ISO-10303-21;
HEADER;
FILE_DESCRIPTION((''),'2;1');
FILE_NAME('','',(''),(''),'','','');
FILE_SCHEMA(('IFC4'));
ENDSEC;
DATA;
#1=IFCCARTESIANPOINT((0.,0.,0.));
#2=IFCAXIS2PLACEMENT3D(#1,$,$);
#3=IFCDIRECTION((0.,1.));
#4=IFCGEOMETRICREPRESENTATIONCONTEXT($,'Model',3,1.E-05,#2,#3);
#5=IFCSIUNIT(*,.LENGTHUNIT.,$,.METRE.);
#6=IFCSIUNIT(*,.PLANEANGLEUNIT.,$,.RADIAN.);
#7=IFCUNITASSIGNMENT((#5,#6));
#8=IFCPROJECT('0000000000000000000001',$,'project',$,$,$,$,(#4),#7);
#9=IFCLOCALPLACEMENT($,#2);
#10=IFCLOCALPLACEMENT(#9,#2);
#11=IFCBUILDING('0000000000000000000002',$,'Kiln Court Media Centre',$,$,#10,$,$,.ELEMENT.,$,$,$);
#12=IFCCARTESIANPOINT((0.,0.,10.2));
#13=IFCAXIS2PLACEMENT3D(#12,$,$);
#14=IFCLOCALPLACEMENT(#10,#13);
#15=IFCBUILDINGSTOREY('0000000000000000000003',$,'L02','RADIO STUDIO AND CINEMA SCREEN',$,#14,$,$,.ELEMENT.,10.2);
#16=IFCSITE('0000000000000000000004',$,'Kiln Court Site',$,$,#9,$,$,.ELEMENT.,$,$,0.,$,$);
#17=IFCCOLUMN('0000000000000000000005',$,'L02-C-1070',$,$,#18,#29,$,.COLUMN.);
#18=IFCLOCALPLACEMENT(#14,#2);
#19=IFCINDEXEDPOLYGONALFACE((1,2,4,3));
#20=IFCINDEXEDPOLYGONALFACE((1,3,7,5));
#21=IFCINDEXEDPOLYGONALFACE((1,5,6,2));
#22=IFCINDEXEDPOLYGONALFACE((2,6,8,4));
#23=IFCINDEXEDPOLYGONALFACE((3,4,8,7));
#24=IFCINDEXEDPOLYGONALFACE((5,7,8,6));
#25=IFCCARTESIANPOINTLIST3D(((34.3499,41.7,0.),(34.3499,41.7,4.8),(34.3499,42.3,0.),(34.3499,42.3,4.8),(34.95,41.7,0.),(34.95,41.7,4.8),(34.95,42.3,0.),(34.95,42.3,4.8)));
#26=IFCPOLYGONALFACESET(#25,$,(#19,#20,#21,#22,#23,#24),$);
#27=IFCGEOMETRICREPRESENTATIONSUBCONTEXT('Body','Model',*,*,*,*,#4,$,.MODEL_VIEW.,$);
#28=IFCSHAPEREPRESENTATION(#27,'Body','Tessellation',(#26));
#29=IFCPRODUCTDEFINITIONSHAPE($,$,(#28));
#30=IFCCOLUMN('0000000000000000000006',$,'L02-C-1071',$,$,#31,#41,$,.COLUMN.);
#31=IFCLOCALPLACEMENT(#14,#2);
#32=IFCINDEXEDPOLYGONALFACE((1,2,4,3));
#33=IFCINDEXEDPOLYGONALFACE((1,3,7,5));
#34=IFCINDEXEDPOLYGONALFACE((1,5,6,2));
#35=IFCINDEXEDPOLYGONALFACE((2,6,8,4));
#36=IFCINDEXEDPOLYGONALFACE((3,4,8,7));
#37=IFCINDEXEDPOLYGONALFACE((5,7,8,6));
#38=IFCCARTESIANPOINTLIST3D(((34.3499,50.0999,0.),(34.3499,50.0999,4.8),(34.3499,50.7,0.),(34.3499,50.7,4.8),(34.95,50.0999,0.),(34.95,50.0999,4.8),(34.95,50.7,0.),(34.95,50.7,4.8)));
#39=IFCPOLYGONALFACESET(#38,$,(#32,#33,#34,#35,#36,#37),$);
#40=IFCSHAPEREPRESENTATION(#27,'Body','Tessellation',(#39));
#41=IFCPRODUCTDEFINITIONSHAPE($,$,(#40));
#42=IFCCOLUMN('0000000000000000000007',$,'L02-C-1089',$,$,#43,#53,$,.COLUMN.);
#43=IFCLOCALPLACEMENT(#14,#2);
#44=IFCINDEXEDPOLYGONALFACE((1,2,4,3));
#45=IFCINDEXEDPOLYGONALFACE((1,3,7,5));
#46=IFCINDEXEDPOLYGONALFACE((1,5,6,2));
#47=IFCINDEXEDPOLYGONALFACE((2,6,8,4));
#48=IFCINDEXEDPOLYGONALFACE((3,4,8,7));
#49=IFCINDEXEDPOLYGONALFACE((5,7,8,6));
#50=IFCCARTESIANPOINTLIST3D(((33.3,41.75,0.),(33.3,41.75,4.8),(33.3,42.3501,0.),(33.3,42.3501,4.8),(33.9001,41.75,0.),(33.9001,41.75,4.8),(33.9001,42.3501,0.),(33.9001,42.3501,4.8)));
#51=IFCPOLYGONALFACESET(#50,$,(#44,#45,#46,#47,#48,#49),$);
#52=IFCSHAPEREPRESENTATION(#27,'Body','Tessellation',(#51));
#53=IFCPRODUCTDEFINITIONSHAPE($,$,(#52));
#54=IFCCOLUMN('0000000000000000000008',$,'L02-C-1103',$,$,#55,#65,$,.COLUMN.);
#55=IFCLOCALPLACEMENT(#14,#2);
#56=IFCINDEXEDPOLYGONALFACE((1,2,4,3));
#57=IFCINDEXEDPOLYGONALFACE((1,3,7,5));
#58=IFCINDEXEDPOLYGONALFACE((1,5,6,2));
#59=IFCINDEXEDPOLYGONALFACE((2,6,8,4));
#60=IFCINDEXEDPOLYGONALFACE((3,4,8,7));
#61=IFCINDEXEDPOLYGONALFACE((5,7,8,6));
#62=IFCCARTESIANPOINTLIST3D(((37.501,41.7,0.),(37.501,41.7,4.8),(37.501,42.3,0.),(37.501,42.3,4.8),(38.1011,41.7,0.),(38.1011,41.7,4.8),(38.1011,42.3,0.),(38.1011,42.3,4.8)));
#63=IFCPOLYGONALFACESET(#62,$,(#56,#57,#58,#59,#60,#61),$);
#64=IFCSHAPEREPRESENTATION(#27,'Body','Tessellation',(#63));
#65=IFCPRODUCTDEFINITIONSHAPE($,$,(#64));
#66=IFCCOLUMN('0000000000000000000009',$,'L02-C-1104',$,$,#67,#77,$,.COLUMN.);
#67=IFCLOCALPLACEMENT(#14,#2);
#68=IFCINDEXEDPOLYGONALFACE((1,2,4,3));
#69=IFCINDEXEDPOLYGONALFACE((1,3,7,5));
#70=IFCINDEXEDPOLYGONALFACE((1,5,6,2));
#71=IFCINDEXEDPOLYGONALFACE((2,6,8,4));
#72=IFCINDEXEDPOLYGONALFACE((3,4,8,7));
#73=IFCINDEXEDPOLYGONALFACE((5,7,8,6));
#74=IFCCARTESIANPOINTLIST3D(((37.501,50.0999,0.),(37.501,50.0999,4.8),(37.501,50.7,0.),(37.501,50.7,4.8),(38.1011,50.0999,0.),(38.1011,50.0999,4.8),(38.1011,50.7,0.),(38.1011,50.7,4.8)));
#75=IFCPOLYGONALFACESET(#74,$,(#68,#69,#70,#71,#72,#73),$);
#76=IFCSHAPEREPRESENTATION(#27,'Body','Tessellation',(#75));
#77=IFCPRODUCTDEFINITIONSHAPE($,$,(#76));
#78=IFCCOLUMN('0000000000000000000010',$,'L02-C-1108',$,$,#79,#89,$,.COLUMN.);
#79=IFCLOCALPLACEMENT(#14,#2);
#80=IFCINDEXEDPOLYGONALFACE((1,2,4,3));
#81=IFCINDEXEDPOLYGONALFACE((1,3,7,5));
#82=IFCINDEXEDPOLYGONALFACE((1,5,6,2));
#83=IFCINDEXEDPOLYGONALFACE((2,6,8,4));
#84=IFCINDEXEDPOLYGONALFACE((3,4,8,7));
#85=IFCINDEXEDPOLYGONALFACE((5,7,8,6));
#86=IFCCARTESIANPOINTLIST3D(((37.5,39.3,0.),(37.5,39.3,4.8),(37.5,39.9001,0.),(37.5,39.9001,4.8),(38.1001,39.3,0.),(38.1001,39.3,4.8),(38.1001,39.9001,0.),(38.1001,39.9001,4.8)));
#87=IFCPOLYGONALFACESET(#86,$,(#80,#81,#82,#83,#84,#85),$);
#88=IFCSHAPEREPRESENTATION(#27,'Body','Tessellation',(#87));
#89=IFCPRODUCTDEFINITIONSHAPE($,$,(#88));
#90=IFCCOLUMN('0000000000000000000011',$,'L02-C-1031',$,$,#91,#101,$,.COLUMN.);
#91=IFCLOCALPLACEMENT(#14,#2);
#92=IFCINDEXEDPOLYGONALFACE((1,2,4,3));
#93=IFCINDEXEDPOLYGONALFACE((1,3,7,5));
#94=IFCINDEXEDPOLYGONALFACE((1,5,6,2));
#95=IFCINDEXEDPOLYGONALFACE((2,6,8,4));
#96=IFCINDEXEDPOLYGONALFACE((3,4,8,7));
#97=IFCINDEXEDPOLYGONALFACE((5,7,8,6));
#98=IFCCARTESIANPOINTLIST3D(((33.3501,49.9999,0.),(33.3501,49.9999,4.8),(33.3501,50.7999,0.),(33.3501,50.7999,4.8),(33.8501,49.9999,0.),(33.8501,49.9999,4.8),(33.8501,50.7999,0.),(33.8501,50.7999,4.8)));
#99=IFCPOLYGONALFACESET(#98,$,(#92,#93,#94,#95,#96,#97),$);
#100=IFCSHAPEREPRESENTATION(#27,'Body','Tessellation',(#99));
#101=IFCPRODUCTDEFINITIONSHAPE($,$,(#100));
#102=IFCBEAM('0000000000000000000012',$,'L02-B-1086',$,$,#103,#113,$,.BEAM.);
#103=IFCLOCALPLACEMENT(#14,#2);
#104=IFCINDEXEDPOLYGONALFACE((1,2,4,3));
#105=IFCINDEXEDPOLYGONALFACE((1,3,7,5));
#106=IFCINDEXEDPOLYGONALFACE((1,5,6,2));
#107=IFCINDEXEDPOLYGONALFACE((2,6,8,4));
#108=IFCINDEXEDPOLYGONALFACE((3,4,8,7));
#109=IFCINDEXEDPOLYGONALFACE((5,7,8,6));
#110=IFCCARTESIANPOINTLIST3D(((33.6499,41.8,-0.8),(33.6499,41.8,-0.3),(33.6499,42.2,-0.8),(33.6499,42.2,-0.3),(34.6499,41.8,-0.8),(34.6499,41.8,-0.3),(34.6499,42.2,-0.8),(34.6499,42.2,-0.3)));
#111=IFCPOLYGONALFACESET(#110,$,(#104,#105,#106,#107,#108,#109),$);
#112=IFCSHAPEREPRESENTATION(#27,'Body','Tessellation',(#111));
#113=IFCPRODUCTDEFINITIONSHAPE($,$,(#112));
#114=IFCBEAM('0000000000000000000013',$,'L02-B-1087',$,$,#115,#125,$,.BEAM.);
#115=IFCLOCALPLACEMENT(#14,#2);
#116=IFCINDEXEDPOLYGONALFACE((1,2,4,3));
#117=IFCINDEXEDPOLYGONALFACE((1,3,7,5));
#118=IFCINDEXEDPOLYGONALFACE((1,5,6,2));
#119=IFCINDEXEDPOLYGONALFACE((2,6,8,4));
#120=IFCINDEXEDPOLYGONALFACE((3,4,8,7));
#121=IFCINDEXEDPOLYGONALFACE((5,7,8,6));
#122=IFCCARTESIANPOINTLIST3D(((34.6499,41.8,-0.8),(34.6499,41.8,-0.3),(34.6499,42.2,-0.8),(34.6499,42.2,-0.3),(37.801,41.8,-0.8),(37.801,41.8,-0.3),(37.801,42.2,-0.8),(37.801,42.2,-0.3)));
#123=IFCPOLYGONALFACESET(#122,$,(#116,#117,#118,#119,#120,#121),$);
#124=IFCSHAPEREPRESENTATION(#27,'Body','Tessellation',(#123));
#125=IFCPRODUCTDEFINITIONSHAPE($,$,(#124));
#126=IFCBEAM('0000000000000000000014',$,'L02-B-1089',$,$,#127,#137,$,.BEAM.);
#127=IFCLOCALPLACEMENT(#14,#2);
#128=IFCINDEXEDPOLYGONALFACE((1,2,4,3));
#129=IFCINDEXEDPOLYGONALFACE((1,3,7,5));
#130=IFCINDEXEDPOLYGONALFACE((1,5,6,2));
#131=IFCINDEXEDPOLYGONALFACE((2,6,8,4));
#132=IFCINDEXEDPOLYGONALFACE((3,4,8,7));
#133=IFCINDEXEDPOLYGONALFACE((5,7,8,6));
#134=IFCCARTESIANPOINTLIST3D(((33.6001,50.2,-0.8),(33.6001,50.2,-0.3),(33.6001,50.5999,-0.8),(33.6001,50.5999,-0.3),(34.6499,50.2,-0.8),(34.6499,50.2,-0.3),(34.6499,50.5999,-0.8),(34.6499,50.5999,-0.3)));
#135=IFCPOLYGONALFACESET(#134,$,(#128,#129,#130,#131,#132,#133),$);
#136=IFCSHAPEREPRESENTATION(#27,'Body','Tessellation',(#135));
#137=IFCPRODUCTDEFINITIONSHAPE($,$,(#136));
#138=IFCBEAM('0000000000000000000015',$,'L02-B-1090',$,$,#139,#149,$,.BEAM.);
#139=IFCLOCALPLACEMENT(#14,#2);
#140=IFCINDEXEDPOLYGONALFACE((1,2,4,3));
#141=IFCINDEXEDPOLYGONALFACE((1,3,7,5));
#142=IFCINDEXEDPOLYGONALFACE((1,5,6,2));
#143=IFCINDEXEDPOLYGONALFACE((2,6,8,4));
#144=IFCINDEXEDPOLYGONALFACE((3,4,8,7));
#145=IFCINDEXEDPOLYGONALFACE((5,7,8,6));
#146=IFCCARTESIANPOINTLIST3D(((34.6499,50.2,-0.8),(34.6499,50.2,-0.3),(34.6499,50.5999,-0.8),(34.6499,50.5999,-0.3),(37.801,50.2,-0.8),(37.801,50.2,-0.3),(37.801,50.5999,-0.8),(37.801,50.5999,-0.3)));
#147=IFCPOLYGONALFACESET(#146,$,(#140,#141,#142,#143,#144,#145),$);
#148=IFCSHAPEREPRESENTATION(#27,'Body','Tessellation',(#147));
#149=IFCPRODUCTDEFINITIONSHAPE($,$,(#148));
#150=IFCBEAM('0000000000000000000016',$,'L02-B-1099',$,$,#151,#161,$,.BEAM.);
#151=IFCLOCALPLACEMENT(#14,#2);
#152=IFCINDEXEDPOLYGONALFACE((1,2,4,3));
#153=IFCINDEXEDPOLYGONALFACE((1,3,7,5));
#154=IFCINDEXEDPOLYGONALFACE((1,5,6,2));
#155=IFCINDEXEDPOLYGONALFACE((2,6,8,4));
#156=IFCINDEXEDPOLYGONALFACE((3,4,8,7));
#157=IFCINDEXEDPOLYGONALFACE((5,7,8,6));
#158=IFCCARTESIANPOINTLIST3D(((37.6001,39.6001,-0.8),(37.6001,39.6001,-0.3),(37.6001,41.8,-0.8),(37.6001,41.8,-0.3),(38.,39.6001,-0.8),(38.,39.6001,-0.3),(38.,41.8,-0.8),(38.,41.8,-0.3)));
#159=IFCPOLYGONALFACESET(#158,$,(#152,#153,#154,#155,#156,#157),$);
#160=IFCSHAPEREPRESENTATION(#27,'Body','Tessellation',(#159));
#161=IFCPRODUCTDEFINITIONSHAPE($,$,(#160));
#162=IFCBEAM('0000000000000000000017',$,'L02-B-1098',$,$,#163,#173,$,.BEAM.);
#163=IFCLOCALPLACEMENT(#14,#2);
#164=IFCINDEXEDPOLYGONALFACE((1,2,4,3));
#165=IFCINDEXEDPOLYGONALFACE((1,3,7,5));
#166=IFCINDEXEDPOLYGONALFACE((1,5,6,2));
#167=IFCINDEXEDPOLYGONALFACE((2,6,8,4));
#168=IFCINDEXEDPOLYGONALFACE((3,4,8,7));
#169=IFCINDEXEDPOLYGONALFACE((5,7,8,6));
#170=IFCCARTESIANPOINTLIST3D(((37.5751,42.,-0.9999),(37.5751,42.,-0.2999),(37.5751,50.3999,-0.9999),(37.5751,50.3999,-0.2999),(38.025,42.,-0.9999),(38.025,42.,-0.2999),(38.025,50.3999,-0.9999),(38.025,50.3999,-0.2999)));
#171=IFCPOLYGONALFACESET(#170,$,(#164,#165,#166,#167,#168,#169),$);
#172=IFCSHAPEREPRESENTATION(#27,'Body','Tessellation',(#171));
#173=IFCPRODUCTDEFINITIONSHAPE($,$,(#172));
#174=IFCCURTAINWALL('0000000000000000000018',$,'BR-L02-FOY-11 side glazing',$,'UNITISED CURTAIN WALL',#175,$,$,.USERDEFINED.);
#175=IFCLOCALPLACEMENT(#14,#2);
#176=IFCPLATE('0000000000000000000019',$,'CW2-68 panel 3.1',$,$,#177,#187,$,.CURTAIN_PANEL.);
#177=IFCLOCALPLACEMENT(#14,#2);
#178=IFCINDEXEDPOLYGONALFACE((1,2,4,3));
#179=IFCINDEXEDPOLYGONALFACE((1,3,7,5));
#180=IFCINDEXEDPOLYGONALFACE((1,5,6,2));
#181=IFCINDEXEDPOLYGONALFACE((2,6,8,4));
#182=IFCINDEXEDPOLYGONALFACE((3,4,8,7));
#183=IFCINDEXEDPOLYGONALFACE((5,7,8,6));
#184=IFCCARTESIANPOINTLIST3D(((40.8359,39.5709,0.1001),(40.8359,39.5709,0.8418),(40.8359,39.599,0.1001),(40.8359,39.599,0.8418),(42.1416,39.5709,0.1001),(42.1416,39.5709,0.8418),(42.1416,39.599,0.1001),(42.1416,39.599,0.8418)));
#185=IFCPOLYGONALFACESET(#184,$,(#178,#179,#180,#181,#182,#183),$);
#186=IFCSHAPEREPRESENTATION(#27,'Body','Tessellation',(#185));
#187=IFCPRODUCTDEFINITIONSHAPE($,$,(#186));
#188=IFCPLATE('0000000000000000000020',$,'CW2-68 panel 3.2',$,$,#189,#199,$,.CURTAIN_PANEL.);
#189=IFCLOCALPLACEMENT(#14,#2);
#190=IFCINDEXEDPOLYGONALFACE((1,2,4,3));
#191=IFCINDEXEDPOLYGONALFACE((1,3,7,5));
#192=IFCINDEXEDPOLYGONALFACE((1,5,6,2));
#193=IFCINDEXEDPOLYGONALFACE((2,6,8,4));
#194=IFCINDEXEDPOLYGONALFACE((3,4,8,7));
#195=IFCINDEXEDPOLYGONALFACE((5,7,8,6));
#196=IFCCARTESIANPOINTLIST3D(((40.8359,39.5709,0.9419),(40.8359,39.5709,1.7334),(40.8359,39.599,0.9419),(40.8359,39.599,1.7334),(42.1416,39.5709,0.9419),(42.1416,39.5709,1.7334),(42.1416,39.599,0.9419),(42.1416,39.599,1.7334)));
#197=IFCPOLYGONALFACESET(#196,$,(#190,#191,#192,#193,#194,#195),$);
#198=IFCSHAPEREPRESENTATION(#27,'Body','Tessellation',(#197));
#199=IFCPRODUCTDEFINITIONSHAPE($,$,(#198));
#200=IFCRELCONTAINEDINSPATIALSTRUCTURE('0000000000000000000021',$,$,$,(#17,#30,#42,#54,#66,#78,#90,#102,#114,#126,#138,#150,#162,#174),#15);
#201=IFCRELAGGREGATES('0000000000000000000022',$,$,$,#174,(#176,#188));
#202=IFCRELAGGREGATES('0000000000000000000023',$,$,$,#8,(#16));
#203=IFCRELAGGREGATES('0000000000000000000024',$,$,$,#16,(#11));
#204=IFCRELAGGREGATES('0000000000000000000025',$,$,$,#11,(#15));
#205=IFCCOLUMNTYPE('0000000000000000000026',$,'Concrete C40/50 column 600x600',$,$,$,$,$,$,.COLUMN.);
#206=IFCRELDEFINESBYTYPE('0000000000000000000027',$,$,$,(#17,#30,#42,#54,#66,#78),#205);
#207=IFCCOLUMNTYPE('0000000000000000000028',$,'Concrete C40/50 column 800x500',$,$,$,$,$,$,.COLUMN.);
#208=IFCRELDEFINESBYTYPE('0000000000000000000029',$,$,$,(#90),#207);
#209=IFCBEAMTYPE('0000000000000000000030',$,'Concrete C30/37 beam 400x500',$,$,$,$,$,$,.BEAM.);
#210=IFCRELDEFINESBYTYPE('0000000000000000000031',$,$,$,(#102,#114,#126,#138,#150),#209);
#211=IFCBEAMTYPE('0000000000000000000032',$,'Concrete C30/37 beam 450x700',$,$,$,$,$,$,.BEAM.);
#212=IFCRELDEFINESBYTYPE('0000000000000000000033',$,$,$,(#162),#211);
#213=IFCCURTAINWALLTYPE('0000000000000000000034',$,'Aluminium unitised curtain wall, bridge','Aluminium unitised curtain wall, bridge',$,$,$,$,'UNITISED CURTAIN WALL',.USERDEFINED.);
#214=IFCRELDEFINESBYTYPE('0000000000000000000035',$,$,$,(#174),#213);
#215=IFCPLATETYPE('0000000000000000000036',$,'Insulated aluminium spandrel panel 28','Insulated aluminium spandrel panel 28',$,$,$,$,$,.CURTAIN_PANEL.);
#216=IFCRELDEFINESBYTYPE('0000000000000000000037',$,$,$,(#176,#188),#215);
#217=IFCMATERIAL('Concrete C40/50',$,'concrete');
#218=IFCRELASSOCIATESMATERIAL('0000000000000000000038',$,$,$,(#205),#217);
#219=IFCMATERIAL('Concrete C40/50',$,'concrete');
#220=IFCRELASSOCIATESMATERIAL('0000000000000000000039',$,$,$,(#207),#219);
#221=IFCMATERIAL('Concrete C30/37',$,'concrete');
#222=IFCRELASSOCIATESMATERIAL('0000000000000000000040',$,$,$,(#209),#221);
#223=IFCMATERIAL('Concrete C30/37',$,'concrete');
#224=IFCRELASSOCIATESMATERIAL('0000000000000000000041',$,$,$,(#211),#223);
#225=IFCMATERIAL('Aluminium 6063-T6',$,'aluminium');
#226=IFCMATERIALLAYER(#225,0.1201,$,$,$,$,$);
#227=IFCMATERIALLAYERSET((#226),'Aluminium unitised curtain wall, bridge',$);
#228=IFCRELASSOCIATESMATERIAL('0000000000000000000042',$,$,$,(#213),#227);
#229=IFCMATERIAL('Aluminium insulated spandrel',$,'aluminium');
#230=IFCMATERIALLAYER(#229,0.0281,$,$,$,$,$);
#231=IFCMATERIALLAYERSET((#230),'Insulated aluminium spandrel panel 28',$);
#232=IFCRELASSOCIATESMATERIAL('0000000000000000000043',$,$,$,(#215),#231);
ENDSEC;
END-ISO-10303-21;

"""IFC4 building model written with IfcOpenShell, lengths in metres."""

from ifc_helpers import new_model, si_unit, direction, frame, origin, origin_2d, place, context, subcontext, project, spatial, rectangle, extrude, material, layer, layer_set, material_profile, profile_set, type_object, element, aggregate, save


model = new_model("IFC4")

# Units and contexts
model_context = context("Model", 3, precision=1e-05, world=origin(), true_north=direction((0.0, 1.0)))
body_context = subcontext(model_context, "Body", "Model", "MODEL_VIEW")
ifc_project = project(units=[si_unit("LENGTHUNIT", "METRE"), si_unit("PLANEANGLEUNIT", "RADIAN")], contexts=[model_context])

# Site, building, storey
site_placement = place(None, origin())
site = spatial("IfcSite", under=ifc_project, at=site_placement, Name="Kiln Court Site", CompositionType="ELEMENT", RefElevation=0.0)
building_placement = place(site_placement, origin())
building = spatial("IfcBuilding", under=site, at=building_placement, Name="Kiln Court Media Centre", CompositionType="ELEMENT")
storey_placement = place(building_placement, frame((0.0, 0.0, 10.2)))
storey = spatial("IfcBuildingStorey", under=building, at=storey_placement, Name="L02", Description="RADIO STUDIO AND CINEMA SCREEN", CompositionType="ELEMENT", Elevation=10.2)

# Columns
ifc_material_1 = material(Name="Concrete C40/50", Category="concrete")
ifc_material_profile_1 = material_profile(ifc_material_1, rectangle(XDim=0.6001, YDim=0.6001, at=origin_2d()), Name="RC 600x600")
ifc_profile_set_1 = profile_set([ifc_material_profile_1], Name="Concrete C40/50")
column_type_1 = type_object("IfcColumnType", Name="Concrete C40/50 column 600x600", PredefinedType="COLUMN", material=ifc_profile_set_1)
for number, where, z_axis, x_axis, name in (
    (1, (34.6499, 42.0, 0.0), (0.0, 0.0, 1.0), (1.0, 0.0, 0.0), "L02-C-1070"),
    (2, (34.6499, 50.3999, 0.0), (0.0, 0.0, 1.0), (1.0, 0.0, 0.0), "L02-C-1071"),
    (3, (33.6001, 42.05, 0.0), (0.0, 0.0, 1.0), (1.0, 0.0, 0.0), "L02-C-1089"),
    (4, (37.801, 42.0, 0.0), (0.0, 0.0, 1.0), (1.0, 0.0, 0.0), "L02-C-1103"),
    (5, (37.801, 50.3999, 0.0), (0.0, 0.0, 1.0), (1.0, 0.0, 0.0), "L02-C-1104"),
    (6, (37.8, 39.6001, 0.0), (0.0, 0.0, 1.0), (1.0, 0.0, 0.0), "L02-C-1108"),
):
    element("IfcColumn", number, at=place(storey_placement, frame(where, z_axis=z_axis, x_axis=x_axis)), inside=storey, type_object=column_type_1, Name=name, PredefinedType="COLUMN", context=body_context, shape_type="SweptSolid", body=[
        extrude(rectangle(XDim=0.6001, YDim=0.6001, at=origin_2d()), origin(), (0.0, 0.0, 1.0), 4.8),
    ])
ifc_material_2 = material(Name="Concrete C40/50", Category="concrete")
ifc_material_profile_2 = material_profile(ifc_material_2, rectangle(XDim=0.8, YDim=0.5, at=origin_2d()), Name="RC 800x500")
ifc_profile_set_2 = profile_set([ifc_material_profile_2], Name="Concrete C40/50")
column_type_2 = type_object("IfcColumnType", Name="Concrete C40/50 column 800x500", PredefinedType="COLUMN", material=ifc_profile_set_2)
column_placement = place(storey_placement, frame((33.6001, 50.3999, 0.0), z_axis=(0.0, 0.0, 1.0), x_axis=(0.0, 1.0, 0.0)))
element("IfcColumn", 7, at=column_placement, inside=storey, type_object=column_type_2, Name="L02-C-1031", PredefinedType="COLUMN", context=body_context, shape_type="SweptSolid", body=[
    extrude(rectangle(XDim=0.8, YDim=0.5, at=origin_2d()), origin(), (0.0, 0.0, 1.0), 4.8),
])

# Beams
ifc_material_3 = material(Name="Concrete C30/37", Category="concrete")
ifc_material_profile_3 = material_profile(ifc_material_3, rectangle(XDim=0.3999, YDim=0.5, at=origin_2d()), Name="RC 400x500")
ifc_profile_set_3 = profile_set([ifc_material_profile_3], Name="Concrete C30/37")
beam_type_1 = type_object("IfcBeamType", Name="Concrete C30/37 beam 400x500", PredefinedType="BEAM", material=ifc_profile_set_3)
beam_1_placement = place(storey_placement, frame((33.6499, 42.0, -0.55), z_axis=(1.0, 0.0, 0.0), x_axis=(0.0, 1.0, 0.0)))
element("IfcBeam", 8, at=beam_1_placement, inside=storey, type_object=beam_type_1, Name="L02-B-1086", PredefinedType="BEAM", context=body_context, shape_type="SweptSolid", body=[
    extrude(rectangle(XDim=0.3999, YDim=0.5, at=origin_2d()), origin(), (0.0, 0.0, 1.0), 1.0),
])
beam_2_placement = place(storey_placement, frame((34.6499, 42.0, -0.55), z_axis=(1.0, 0.0, 0.0), x_axis=(0.0, 1.0, 0.0)))
element("IfcBeam", 9, at=beam_2_placement, inside=storey, type_object=beam_type_1, Name="L02-B-1087", PredefinedType="BEAM", context=body_context, shape_type="SweptSolid", body=[
    extrude(rectangle(XDim=0.3999, YDim=0.5, at=origin_2d()), origin(), (0.0, 0.0, 1.0), 3.1511),
])
beam_3_placement = place(storey_placement, frame((33.6001, 50.3999, -0.55), z_axis=(1.0, 0.0, 0.0), x_axis=(0.0, 1.0, 0.0)))
element("IfcBeam", 10, at=beam_3_placement, inside=storey, type_object=beam_type_1, Name="L02-B-1089", PredefinedType="BEAM", context=body_context, shape_type="SweptSolid", body=[
    extrude(rectangle(XDim=0.3999, YDim=0.5, at=origin_2d()), origin(), (0.0, 0.0, 1.0), 1.0498),
])
beam_4_placement = place(storey_placement, frame((34.6499, 50.3999, -0.55), z_axis=(1.0, 0.0, 0.0), x_axis=(0.0, 1.0, 0.0)))
element("IfcBeam", 11, at=beam_4_placement, inside=storey, type_object=beam_type_1, Name="L02-B-1090", PredefinedType="BEAM", context=body_context, shape_type="SweptSolid", body=[
    extrude(rectangle(XDim=0.3999, YDim=0.5, at=origin_2d()), origin(), (0.0, 0.0, 1.0), 3.1511),
])
beam_5_placement = place(storey_placement, frame((37.8, 41.8, -0.55), z_axis=(0.0, -1.0, 0.0), x_axis=(1.0, 0.0, 0.0)))
element("IfcBeam", 12, at=beam_5_placement, inside=storey, type_object=beam_type_1, Name="L02-B-1099", PredefinedType="BEAM", context=body_context, shape_type="SweptSolid", body=[
    extrude(rectangle(XDim=0.3999, YDim=0.5, at=origin_2d()), origin(), (0.0, 0.0, 1.0), 2.2),
])
ifc_material_4 = material(Name="Concrete C30/37", Category="concrete")
ifc_material_profile_4 = material_profile(ifc_material_4, rectangle(XDim=0.45, YDim=0.7, at=origin_2d()), Name="RC 450x700")
ifc_profile_set_4 = profile_set([ifc_material_profile_4], Name="Concrete C30/37")
beam_type_2 = type_object("IfcBeamType", Name="Concrete C30/37 beam 450x700", PredefinedType="BEAM", material=ifc_profile_set_4)
beam_6_placement = place(storey_placement, frame((37.8, 50.3999, -0.6499), z_axis=(0.0, -1.0, 0.0), x_axis=(1.0, 0.0, 0.0)))
element("IfcBeam", 13, at=beam_6_placement, inside=storey, type_object=beam_type_2, Name="L02-B-1098", PredefinedType="BEAM", context=body_context, shape_type="SweptSolid", body=[
    extrude(rectangle(XDim=0.45, YDim=0.7, at=origin_2d()), origin(), (0.0, 0.0, 1.0), 8.3999),
])

# Curtain wall, plates
ifc_material_5 = material(Name="Aluminium 6063-T6", Category="aluminium")
ifc_layer_1 = layer(ifc_material_5, 0.1201)
ifc_layer_set_1 = layer_set([ifc_layer_1], Name="Aluminium unitised curtain wall, bridge")
curtain_wall_type = type_object("IfcCurtainWallType", Name="Aluminium unitised curtain wall, bridge", Description="Aluminium unitised curtain wall, bridge", ElementType="UNITISED CURTAIN WALL", PredefinedType="USERDEFINED", material=ifc_layer_set_1)
curtain_wall_placement = place(storey_placement, origin())
curtain_wall = element("IfcCurtainWall", 14, at=curtain_wall_placement, inside=storey, type_object=curtain_wall_type, Name="BR-L02-FOY-11 side glazing", ObjectType="UNITISED CURTAIN WALL", PredefinedType="USERDEFINED")
ifc_material_6 = material(Name="Aluminium insulated spandrel", Category="aluminium")
ifc_layer_2 = layer(ifc_material_6, 0.0281)
ifc_layer_set_2 = layer_set([ifc_layer_2], Name="Insulated aluminium spandrel panel 28")
plate_type = type_object("IfcPlateType", Name="Insulated aluminium spandrel panel 28", Description="Insulated aluminium spandrel panel 28", PredefinedType="CURTAIN_PANEL", material=ifc_layer_set_2)
plate_1_placement = place(storey_placement, frame((41.4888, 39.585, 0.1001), z_axis=(0.0, 0.0, 1.0), x_axis=(1.0, 0.0, 0.0)))
plate_1 = element("IfcPlate", 15, at=plate_1_placement, type_object=plate_type, Name="CW2-68 panel 3.1", PredefinedType="CURTAIN_PANEL", context=body_context, shape_type="SweptSolid", body=[
    extrude(rectangle(XDim=1.3057, YDim=0.0281, at=origin_2d()), origin(), (0.0, 0.0, 1.0), 0.7417),
])
plate_2_placement = place(storey_placement, frame((41.4888, 39.585, 0.9419), z_axis=(0.0, 0.0, 1.0), x_axis=(1.0, 0.0, 0.0)))
plate_2 = element("IfcPlate", 16, at=plate_2_placement, type_object=plate_type, Name="CW2-68 panel 3.2", PredefinedType="CURTAIN_PANEL", context=body_context, shape_type="SweptSolid", body=[
    extrude(rectangle(XDim=1.3057, YDim=0.0281, at=origin_2d()), origin(), (0.0, 0.0, 1.0), 0.7915),
])
aggregate(curtain_wall, [plate_1, plate_2])

save(model, "model.ifc")
